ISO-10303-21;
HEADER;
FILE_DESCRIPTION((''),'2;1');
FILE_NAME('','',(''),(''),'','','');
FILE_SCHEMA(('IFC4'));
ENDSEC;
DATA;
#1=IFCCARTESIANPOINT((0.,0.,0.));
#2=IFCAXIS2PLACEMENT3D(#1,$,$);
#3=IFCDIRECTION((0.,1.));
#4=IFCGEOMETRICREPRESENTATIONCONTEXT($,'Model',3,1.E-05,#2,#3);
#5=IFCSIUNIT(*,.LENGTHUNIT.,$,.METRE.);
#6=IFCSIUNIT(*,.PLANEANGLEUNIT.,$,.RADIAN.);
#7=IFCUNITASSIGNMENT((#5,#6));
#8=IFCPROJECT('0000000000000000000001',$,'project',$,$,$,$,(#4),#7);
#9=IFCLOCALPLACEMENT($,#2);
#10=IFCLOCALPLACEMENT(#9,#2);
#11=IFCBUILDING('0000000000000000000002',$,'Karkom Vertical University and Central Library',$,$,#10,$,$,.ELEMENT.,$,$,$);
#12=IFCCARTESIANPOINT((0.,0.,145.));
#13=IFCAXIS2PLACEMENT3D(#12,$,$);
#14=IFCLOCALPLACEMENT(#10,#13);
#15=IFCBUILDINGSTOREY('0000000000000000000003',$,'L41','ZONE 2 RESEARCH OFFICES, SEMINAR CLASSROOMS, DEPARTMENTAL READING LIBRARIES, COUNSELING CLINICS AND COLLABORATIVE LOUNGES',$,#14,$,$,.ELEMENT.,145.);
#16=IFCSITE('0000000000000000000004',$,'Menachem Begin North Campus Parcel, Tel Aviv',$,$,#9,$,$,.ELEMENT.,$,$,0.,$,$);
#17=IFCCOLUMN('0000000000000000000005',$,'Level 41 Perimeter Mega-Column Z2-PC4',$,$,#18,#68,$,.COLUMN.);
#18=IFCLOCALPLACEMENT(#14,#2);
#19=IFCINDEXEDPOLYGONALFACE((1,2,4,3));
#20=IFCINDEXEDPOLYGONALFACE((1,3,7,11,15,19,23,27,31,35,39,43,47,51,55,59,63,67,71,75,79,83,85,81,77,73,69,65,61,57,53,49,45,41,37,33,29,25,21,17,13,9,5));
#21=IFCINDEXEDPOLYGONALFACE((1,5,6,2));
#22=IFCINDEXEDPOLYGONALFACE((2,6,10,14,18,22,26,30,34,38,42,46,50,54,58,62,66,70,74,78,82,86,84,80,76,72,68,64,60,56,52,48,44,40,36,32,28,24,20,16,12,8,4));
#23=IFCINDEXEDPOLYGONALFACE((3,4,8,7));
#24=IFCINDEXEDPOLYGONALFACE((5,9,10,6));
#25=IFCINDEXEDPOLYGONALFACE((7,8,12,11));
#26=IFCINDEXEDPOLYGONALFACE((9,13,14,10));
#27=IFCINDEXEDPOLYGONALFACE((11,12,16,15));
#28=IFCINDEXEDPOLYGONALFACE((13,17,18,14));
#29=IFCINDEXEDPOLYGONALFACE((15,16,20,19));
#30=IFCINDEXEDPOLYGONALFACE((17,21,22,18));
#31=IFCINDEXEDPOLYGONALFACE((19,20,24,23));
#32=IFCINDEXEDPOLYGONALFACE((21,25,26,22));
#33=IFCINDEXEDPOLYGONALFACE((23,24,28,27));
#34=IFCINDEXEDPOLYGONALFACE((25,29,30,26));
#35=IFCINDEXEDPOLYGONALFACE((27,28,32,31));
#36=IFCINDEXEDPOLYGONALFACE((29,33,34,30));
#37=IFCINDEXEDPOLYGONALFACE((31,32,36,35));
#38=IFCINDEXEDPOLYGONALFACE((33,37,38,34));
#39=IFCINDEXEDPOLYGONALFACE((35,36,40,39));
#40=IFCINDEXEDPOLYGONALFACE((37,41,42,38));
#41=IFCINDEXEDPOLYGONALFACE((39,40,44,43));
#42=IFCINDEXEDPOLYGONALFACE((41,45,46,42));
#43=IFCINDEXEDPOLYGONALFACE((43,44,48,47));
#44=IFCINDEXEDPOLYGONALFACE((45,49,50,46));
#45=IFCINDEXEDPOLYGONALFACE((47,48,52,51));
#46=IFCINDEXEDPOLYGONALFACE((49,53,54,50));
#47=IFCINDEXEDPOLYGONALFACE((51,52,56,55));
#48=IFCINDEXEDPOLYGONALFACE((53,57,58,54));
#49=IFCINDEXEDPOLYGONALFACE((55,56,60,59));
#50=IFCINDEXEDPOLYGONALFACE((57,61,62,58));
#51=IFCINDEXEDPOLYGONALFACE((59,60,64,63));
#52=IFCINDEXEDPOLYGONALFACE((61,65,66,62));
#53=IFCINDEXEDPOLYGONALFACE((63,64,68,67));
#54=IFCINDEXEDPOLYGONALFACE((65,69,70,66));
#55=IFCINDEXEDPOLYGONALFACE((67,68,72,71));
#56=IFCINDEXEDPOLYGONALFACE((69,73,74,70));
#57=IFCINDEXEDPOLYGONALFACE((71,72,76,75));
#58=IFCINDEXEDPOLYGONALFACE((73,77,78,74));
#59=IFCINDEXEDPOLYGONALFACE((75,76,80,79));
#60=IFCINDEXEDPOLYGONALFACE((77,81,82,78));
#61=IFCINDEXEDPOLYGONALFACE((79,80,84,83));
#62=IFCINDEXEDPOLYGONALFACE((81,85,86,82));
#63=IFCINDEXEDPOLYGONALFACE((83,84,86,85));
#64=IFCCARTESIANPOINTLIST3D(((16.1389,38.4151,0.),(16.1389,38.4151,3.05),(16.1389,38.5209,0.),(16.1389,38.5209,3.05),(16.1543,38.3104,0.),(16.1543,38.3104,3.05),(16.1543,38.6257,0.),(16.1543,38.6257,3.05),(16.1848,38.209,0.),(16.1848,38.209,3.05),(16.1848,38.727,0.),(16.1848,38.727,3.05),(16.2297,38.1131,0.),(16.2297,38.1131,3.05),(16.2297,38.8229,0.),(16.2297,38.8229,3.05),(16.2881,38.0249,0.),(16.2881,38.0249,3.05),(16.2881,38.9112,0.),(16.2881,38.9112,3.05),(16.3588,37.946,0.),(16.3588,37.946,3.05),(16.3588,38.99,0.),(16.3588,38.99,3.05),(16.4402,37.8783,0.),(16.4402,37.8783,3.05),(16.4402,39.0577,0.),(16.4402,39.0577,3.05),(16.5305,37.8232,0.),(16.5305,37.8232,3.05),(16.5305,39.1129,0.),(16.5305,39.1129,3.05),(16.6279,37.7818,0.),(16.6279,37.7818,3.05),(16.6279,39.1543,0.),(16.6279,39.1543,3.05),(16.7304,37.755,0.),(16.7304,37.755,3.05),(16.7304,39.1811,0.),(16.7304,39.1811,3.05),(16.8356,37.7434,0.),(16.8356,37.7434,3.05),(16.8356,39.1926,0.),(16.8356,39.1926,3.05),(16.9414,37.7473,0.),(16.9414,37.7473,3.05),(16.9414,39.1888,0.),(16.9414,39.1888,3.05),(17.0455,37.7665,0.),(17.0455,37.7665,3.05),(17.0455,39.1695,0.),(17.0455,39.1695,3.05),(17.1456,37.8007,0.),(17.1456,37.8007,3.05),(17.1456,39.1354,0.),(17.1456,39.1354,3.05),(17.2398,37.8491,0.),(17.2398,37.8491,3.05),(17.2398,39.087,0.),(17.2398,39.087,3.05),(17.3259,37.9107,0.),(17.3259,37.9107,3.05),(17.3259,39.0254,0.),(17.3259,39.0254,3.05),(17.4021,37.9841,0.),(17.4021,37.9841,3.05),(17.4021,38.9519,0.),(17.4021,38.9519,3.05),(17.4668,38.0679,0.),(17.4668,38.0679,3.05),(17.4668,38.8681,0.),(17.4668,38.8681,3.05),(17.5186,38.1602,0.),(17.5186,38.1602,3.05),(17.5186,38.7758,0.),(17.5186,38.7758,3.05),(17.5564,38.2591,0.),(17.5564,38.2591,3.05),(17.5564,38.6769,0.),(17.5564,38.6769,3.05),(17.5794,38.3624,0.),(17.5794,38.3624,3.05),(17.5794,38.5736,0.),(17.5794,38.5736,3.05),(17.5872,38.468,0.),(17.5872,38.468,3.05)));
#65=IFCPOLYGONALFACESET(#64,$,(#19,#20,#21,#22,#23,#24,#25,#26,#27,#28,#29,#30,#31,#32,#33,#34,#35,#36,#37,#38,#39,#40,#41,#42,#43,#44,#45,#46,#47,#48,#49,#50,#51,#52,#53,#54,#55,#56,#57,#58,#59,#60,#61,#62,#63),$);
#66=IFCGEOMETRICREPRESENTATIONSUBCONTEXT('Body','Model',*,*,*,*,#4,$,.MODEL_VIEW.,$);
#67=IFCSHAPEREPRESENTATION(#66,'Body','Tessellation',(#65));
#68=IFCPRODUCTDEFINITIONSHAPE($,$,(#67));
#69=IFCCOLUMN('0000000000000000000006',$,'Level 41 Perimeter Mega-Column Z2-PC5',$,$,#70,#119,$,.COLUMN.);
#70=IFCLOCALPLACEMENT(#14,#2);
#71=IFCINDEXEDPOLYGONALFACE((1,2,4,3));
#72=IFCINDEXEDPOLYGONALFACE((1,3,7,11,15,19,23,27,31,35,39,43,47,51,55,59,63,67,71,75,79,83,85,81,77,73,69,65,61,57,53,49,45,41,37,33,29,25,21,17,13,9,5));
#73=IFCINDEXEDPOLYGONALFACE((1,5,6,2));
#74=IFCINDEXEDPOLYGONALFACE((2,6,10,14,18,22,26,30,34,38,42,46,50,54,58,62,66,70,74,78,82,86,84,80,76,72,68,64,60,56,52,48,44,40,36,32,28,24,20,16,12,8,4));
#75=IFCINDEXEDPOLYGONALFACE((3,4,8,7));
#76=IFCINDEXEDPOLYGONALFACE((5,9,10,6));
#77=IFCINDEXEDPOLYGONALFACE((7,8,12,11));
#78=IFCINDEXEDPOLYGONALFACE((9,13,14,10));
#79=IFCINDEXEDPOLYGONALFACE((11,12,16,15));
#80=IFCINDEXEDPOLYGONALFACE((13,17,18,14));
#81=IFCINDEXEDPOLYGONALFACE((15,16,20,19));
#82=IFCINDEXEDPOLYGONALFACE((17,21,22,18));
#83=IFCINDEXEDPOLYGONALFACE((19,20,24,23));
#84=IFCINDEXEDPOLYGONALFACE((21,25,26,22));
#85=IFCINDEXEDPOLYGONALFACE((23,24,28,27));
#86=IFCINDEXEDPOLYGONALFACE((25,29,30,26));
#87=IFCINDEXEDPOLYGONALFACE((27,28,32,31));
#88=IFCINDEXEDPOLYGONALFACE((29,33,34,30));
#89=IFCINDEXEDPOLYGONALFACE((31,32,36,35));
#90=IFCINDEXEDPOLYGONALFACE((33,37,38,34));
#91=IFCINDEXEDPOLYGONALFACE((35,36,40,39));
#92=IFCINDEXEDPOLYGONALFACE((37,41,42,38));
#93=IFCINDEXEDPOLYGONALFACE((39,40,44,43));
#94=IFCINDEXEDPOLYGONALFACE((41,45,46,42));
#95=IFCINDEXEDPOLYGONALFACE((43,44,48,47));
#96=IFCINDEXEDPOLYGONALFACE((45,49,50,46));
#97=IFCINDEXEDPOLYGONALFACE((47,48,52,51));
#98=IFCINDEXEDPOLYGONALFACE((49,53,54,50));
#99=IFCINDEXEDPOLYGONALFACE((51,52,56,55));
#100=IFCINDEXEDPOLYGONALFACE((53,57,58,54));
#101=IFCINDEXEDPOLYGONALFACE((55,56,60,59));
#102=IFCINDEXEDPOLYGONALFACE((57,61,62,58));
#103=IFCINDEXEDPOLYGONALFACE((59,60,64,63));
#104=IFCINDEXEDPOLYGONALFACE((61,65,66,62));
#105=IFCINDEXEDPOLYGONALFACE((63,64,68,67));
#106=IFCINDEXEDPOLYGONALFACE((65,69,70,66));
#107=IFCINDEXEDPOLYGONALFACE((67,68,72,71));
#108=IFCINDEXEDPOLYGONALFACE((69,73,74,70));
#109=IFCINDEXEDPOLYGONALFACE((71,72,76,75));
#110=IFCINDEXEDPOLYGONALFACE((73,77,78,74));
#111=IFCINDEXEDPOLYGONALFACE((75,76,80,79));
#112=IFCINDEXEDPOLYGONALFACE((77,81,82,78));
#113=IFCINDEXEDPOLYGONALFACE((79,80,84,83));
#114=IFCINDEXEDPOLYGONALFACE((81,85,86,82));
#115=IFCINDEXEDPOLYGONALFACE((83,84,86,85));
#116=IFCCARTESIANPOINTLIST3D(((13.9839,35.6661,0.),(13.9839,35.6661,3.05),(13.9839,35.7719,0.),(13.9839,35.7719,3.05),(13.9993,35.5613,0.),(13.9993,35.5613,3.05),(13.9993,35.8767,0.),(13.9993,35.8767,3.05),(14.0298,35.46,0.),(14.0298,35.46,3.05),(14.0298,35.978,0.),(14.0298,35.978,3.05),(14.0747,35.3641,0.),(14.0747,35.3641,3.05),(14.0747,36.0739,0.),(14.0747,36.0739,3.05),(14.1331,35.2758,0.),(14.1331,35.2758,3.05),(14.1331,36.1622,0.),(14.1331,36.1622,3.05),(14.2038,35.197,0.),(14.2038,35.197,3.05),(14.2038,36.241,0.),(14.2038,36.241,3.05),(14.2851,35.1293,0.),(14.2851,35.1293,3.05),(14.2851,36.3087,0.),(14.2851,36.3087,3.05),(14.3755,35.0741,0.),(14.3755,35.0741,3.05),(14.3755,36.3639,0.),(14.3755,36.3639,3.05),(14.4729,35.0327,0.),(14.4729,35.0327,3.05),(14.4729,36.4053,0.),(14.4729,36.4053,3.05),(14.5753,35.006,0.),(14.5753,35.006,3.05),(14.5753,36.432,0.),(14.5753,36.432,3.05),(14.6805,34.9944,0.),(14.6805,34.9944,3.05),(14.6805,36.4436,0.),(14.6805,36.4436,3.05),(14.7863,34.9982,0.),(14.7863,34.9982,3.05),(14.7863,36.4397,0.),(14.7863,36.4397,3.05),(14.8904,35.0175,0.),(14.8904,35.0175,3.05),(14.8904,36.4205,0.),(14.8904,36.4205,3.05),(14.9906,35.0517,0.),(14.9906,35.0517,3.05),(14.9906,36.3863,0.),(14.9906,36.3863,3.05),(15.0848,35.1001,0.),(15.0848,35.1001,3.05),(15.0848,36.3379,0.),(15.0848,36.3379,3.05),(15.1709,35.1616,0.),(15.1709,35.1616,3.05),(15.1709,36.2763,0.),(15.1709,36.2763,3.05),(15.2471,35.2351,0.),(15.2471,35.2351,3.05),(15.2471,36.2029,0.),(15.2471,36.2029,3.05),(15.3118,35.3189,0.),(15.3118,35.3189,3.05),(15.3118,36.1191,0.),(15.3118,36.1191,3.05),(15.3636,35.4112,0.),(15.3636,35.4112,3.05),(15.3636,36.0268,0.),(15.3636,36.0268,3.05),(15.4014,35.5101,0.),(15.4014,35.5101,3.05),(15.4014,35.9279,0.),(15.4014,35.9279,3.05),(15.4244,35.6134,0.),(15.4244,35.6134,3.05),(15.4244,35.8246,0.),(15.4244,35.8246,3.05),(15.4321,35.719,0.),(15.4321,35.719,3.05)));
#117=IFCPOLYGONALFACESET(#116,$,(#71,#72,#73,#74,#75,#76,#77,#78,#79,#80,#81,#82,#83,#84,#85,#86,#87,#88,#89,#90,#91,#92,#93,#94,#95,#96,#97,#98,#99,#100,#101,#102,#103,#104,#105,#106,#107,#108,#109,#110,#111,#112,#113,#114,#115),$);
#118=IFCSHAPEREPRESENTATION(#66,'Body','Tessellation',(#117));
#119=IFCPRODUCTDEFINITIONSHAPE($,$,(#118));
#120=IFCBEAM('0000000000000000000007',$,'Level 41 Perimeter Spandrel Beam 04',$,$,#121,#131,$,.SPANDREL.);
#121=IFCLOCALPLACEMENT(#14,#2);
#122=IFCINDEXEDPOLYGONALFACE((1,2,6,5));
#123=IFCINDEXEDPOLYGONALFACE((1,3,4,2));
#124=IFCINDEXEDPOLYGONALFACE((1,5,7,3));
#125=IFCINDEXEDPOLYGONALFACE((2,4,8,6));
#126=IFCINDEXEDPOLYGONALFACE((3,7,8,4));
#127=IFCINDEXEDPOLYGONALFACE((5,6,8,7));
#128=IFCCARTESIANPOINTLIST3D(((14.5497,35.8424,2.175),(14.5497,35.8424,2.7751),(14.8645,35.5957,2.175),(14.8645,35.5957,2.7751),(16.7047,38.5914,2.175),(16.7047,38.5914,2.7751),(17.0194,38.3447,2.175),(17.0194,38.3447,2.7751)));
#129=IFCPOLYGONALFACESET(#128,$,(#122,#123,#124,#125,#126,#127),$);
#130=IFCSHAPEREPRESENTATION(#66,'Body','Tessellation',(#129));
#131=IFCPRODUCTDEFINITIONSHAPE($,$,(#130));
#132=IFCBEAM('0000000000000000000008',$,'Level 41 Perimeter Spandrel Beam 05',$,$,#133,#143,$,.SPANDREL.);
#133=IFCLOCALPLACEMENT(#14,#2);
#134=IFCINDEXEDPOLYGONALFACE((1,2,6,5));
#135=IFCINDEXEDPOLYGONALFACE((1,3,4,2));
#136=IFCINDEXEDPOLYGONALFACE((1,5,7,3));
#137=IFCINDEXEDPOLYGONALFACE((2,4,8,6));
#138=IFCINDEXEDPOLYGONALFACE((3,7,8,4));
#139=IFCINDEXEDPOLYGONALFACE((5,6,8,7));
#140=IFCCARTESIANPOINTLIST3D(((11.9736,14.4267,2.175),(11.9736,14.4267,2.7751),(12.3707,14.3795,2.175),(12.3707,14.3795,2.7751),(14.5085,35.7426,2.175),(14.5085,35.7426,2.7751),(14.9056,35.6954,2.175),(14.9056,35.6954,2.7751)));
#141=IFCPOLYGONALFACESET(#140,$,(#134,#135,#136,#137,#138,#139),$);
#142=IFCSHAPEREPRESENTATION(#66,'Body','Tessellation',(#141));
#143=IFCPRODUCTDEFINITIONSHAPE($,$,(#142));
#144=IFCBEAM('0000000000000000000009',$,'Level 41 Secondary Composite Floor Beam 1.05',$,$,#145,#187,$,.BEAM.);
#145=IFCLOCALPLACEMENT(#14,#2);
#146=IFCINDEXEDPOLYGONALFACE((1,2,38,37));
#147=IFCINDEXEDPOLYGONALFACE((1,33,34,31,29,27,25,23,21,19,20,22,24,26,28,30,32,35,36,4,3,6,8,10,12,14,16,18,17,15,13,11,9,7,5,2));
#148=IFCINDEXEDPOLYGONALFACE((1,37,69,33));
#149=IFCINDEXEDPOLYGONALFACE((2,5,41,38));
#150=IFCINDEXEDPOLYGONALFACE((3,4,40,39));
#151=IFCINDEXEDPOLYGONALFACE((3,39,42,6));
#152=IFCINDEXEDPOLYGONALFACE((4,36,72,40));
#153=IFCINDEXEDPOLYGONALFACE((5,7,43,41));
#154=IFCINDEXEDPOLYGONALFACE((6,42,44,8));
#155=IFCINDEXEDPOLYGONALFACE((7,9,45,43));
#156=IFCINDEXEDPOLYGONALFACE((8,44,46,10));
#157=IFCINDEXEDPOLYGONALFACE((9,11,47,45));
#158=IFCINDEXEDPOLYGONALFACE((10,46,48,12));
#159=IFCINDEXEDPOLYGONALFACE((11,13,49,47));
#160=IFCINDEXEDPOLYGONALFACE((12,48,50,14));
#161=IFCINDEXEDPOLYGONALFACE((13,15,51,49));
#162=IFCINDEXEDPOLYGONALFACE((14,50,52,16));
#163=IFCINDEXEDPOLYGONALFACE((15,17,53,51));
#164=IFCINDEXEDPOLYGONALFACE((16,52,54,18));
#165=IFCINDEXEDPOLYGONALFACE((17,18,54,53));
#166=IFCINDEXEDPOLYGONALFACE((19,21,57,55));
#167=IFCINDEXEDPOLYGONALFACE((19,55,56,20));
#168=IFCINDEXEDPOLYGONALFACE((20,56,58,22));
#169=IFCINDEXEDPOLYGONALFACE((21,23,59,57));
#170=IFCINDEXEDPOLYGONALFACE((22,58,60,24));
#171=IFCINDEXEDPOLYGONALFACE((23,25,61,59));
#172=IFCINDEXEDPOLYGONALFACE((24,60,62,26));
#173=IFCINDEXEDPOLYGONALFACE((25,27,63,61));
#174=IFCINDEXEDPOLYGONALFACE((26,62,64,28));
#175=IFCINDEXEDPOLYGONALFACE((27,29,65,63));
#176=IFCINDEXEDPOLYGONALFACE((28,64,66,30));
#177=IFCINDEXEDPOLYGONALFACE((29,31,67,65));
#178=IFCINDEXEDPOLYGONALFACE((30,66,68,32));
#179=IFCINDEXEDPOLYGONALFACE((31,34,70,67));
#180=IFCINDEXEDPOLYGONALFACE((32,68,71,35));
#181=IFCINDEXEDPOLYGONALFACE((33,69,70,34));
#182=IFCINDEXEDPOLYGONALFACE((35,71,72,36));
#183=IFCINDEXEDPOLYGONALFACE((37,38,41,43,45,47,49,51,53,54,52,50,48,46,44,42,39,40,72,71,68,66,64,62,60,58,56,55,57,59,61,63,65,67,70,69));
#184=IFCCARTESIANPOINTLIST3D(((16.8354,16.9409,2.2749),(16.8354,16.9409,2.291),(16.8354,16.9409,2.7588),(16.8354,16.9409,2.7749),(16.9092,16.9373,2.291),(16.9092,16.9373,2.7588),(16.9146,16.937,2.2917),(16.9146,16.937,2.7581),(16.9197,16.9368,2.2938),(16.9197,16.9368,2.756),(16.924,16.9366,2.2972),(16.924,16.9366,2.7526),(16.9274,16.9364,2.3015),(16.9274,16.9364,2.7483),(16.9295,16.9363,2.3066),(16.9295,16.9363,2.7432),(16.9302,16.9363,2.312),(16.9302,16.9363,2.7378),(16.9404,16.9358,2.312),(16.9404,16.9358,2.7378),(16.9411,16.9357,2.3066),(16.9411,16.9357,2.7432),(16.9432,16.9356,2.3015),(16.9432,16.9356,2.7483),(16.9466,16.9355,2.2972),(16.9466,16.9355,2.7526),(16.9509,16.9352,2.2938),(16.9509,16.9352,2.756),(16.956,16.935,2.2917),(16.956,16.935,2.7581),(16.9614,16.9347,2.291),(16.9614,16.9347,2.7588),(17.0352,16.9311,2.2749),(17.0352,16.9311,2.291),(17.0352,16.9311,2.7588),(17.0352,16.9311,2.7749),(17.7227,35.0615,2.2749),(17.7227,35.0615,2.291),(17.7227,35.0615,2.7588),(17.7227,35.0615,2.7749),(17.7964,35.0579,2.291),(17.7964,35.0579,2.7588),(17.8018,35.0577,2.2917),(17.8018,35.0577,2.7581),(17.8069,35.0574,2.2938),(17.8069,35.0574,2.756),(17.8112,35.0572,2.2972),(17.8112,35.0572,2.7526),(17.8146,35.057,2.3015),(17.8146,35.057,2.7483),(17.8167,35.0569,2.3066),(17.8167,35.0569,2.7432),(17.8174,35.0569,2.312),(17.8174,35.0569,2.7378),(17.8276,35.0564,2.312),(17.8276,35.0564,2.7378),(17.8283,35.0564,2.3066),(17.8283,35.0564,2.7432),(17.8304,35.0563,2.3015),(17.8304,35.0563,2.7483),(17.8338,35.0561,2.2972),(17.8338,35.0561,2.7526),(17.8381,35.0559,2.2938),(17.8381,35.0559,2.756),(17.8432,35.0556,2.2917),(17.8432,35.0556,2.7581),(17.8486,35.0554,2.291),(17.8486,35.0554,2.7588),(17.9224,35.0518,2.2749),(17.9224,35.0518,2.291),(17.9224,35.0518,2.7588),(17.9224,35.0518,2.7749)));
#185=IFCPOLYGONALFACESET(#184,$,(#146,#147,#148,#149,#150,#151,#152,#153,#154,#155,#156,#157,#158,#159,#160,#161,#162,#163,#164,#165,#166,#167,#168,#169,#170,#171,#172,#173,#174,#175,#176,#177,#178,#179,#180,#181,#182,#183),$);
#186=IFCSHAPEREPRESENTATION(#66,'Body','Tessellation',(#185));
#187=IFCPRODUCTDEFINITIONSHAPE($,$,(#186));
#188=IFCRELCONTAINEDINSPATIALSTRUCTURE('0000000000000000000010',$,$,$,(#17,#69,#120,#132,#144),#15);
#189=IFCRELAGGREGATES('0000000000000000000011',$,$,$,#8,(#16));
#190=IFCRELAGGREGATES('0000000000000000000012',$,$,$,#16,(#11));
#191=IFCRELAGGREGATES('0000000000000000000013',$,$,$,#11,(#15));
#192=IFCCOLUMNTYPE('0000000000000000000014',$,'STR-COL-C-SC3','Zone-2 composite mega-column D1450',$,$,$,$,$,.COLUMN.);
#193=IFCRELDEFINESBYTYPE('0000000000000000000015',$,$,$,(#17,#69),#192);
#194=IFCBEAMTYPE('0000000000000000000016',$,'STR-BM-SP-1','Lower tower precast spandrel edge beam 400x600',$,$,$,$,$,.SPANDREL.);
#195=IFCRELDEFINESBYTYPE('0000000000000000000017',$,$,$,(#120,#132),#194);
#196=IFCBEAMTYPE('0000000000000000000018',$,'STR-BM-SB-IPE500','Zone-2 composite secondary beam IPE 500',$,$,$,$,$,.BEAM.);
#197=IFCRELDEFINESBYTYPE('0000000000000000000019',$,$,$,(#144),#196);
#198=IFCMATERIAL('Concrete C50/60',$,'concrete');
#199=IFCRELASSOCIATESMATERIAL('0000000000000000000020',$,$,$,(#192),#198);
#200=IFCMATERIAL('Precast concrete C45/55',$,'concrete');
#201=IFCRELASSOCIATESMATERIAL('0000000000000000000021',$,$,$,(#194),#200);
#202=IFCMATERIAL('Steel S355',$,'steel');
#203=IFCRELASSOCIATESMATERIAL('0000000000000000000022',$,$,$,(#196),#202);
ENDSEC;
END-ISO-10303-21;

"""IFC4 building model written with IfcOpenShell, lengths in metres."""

from ifc_helpers import new_model, si_unit, direction, frame, origin, origin_with_axes, origin_2d, place, context, subcontext, project, spatial, rectangle, circle, i_section, extrude, source, transform, mapped, material, material_profile, profile_set, type_object, element, save


model = new_model("IFC4")

# Units and contexts
model_context = context("Model", 3, precision=1e-05, world=origin(), true_north=direction((0.0, 1.0)))
body_context = subcontext(model_context, "Body", "Model", "MODEL_VIEW")
ifc_project = project(units=[si_unit("LENGTHUNIT", "METRE"), si_unit("PLANEANGLEUNIT", "RADIAN")], contexts=[model_context])

# Site, building, storey
site_placement = place(None, origin())
site = spatial("IfcSite", under=ifc_project, at=site_placement, Name="Menachem Begin North Campus Parcel, Tel Aviv", CompositionType="ELEMENT", RefElevation=0.0)
building_placement = place(site_placement, origin())
building = spatial("IfcBuilding", under=site, at=building_placement, Name="Karkom Vertical University and Central Library", CompositionType="ELEMENT")
storey_placement = place(building_placement, frame((0.0, 0.0, 145.0)))
storey = spatial("IfcBuildingStorey", under=building, at=storey_placement, Name="L41", Description="ZONE 2 RESEARCH OFFICES, SEMINAR CLASSROOMS, DEPARTMENTAL READING LIBRARIES, COUNSELING CLINICS AND COLLABORATIVE LOUNGES", CompositionType="ELEMENT", Elevation=145.0)

# Columns
ifc_material_1 = material(Name="Concrete C50/60", Category="concrete")
ifc_material_profile_1 = material_profile(ifc_material_1, circle(Radius=0.7251, at=origin_2d()), Name="CFT-D1450")
ifc_profile_set_1 = profile_set([ifc_material_profile_1], Name="Concrete C50/60")
column_type = type_object("IfcColumnType", Name="STR-COL-C-SC3", Description="Zone-2 composite mega-column D1450", PredefinedType="COLUMN", material=ifc_profile_set_1)
shared_shape_1 = source(origin_with_axes(), body_context, "Body", "SweptSolid", [
    extrude(circle(Radius=0.7251, at=origin_2d()), origin(), (0.0, 0.0, 1.0), 3.05),
])
for number, where, z_axis, x_axis, name in (
    (1, (16.8621, 38.468, 0.0), (0.0, 0.0, 1.0), (1.0, 0.0, 0.0), "Level 41 Perimeter Mega-Column Z2-PC4"),
    (2, (14.707, 35.719, 0.0), (0.0, 0.0, 1.0), (1.0, 0.0, 0.0), "Level 41 Perimeter Mega-Column Z2-PC5"),
):
    element("IfcColumn", number, at=place(storey_placement, frame(where, z_axis=z_axis, x_axis=x_axis)), inside=storey, type_object=column_type, Name=name, PredefinedType="COLUMN", context=body_context, shape_type="MappedRepresentation", body=[
        mapped(shared_shape_1, transform((0.0, 0.0, 0.0), scale=1.0)),
    ])

# Beams
ifc_material_2 = material(Name="Precast concrete C45/55", Category="concrete")
ifc_material_profile_2 = material_profile(ifc_material_2, rectangle(XDim=0.3999, YDim=0.6001, at=origin_2d()), Name="SPB-400x600")
ifc_profile_set_2 = profile_set([ifc_material_profile_2], Name="Precast concrete C45/55")
beam_type_1 = type_object("IfcBeamType", Name="STR-BM-SP-1", Description="Lower tower precast spandrel edge beam 400x600", PredefinedType="SPANDREL", material=ifc_profile_set_2)
shared_shape_2 = source(origin_with_axes(), body_context, "Body", "SweptSolid", [
    extrude(rectangle(XDim=0.3999, YDim=0.6001, at=origin_2d()), origin(), (0.0, 0.0, 1.0), 3.4929),
])
beam_1_placement = place(storey_placement, frame((16.8621, 38.468, 2.4751), z_axis=(-0.616951, -0.787002, 0.0), x_axis=(0.787002, -0.616951, 0.0)))
element("IfcBeam", 3, at=beam_1_placement, inside=storey, type_object=beam_type_1, Name="Level 41 Perimeter Spandrel Beam 04", PredefinedType="SPANDREL", context=body_context, shape_type="MappedRepresentation", body=[
    mapped(shared_shape_2, transform((0.0, 0.0, 0.0), scale=1.0)),
])
shared_shape_3 = source(origin_with_axes(), body_context, "Body", "SweptSolid", [
    extrude(rectangle(XDim=0.3999, YDim=0.6001, at=origin_2d()), origin(), (0.0, 0.0, 1.0), 21.4661),
])
beam_2_placement = place(storey_placement, frame((14.707, 35.719, 2.4751), z_axis=(-0.118089, -0.993003, 0.0), x_axis=(0.993003, -0.118089, 0.0)))
element("IfcBeam", 4, at=beam_2_placement, inside=storey, type_object=beam_type_1, Name="Level 41 Perimeter Spandrel Beam 05", PredefinedType="SPANDREL", context=body_context, shape_type="MappedRepresentation", body=[
    mapped(shared_shape_3, transform((0.0, 0.0, 0.0), scale=1.0)),
])
ifc_material_3 = material(Name="Steel S355", Category="steel")
ifc_material_profile_3 = material_profile(ifc_material_3, i_section(OverallWidth=0.2, OverallDepth=0.5, WebThickness=0.0103, FlangeThickness=0.0161, FilletRadius=0.021, at=origin_2d()), Name="IPE 500")
ifc_profile_set_3 = profile_set([ifc_material_profile_3], Name="Steel S355")
beam_type_2 = type_object("IfcBeamType", Name="STR-BM-SB-IPE500", Description="Zone-2 composite secondary beam IPE 500", PredefinedType="BEAM", material=ifc_profile_set_3)
shared_shape_4 = source(origin_with_axes(), body_context, "Body", "SweptSolid", [
    extrude(i_section(OverallWidth=0.2, OverallDepth=0.5, WebThickness=0.0103, FlangeThickness=0.0161, FilletRadius=0.021, at=origin_2d()), origin(), (0.0, 0.0, 1.0), 18.1423),
])
beam_3_placement = place(storey_placement, frame((17.8225, 35.0566, 2.5249), z_axis=(-0.048903, -0.998804, 0.0), x_axis=(0.998804, -0.048903, 0.0)))
element("IfcBeam", 5, at=beam_3_placement, inside=storey, type_object=beam_type_2, Name="Level 41 Secondary Composite Floor Beam 1.05", PredefinedType="BEAM", context=body_context, shape_type="MappedRepresentation", body=[
    mapped(shared_shape_4, transform((0.0, 0.0, 0.0), scale=1.0)),
])

save(model, "model.ifc")
